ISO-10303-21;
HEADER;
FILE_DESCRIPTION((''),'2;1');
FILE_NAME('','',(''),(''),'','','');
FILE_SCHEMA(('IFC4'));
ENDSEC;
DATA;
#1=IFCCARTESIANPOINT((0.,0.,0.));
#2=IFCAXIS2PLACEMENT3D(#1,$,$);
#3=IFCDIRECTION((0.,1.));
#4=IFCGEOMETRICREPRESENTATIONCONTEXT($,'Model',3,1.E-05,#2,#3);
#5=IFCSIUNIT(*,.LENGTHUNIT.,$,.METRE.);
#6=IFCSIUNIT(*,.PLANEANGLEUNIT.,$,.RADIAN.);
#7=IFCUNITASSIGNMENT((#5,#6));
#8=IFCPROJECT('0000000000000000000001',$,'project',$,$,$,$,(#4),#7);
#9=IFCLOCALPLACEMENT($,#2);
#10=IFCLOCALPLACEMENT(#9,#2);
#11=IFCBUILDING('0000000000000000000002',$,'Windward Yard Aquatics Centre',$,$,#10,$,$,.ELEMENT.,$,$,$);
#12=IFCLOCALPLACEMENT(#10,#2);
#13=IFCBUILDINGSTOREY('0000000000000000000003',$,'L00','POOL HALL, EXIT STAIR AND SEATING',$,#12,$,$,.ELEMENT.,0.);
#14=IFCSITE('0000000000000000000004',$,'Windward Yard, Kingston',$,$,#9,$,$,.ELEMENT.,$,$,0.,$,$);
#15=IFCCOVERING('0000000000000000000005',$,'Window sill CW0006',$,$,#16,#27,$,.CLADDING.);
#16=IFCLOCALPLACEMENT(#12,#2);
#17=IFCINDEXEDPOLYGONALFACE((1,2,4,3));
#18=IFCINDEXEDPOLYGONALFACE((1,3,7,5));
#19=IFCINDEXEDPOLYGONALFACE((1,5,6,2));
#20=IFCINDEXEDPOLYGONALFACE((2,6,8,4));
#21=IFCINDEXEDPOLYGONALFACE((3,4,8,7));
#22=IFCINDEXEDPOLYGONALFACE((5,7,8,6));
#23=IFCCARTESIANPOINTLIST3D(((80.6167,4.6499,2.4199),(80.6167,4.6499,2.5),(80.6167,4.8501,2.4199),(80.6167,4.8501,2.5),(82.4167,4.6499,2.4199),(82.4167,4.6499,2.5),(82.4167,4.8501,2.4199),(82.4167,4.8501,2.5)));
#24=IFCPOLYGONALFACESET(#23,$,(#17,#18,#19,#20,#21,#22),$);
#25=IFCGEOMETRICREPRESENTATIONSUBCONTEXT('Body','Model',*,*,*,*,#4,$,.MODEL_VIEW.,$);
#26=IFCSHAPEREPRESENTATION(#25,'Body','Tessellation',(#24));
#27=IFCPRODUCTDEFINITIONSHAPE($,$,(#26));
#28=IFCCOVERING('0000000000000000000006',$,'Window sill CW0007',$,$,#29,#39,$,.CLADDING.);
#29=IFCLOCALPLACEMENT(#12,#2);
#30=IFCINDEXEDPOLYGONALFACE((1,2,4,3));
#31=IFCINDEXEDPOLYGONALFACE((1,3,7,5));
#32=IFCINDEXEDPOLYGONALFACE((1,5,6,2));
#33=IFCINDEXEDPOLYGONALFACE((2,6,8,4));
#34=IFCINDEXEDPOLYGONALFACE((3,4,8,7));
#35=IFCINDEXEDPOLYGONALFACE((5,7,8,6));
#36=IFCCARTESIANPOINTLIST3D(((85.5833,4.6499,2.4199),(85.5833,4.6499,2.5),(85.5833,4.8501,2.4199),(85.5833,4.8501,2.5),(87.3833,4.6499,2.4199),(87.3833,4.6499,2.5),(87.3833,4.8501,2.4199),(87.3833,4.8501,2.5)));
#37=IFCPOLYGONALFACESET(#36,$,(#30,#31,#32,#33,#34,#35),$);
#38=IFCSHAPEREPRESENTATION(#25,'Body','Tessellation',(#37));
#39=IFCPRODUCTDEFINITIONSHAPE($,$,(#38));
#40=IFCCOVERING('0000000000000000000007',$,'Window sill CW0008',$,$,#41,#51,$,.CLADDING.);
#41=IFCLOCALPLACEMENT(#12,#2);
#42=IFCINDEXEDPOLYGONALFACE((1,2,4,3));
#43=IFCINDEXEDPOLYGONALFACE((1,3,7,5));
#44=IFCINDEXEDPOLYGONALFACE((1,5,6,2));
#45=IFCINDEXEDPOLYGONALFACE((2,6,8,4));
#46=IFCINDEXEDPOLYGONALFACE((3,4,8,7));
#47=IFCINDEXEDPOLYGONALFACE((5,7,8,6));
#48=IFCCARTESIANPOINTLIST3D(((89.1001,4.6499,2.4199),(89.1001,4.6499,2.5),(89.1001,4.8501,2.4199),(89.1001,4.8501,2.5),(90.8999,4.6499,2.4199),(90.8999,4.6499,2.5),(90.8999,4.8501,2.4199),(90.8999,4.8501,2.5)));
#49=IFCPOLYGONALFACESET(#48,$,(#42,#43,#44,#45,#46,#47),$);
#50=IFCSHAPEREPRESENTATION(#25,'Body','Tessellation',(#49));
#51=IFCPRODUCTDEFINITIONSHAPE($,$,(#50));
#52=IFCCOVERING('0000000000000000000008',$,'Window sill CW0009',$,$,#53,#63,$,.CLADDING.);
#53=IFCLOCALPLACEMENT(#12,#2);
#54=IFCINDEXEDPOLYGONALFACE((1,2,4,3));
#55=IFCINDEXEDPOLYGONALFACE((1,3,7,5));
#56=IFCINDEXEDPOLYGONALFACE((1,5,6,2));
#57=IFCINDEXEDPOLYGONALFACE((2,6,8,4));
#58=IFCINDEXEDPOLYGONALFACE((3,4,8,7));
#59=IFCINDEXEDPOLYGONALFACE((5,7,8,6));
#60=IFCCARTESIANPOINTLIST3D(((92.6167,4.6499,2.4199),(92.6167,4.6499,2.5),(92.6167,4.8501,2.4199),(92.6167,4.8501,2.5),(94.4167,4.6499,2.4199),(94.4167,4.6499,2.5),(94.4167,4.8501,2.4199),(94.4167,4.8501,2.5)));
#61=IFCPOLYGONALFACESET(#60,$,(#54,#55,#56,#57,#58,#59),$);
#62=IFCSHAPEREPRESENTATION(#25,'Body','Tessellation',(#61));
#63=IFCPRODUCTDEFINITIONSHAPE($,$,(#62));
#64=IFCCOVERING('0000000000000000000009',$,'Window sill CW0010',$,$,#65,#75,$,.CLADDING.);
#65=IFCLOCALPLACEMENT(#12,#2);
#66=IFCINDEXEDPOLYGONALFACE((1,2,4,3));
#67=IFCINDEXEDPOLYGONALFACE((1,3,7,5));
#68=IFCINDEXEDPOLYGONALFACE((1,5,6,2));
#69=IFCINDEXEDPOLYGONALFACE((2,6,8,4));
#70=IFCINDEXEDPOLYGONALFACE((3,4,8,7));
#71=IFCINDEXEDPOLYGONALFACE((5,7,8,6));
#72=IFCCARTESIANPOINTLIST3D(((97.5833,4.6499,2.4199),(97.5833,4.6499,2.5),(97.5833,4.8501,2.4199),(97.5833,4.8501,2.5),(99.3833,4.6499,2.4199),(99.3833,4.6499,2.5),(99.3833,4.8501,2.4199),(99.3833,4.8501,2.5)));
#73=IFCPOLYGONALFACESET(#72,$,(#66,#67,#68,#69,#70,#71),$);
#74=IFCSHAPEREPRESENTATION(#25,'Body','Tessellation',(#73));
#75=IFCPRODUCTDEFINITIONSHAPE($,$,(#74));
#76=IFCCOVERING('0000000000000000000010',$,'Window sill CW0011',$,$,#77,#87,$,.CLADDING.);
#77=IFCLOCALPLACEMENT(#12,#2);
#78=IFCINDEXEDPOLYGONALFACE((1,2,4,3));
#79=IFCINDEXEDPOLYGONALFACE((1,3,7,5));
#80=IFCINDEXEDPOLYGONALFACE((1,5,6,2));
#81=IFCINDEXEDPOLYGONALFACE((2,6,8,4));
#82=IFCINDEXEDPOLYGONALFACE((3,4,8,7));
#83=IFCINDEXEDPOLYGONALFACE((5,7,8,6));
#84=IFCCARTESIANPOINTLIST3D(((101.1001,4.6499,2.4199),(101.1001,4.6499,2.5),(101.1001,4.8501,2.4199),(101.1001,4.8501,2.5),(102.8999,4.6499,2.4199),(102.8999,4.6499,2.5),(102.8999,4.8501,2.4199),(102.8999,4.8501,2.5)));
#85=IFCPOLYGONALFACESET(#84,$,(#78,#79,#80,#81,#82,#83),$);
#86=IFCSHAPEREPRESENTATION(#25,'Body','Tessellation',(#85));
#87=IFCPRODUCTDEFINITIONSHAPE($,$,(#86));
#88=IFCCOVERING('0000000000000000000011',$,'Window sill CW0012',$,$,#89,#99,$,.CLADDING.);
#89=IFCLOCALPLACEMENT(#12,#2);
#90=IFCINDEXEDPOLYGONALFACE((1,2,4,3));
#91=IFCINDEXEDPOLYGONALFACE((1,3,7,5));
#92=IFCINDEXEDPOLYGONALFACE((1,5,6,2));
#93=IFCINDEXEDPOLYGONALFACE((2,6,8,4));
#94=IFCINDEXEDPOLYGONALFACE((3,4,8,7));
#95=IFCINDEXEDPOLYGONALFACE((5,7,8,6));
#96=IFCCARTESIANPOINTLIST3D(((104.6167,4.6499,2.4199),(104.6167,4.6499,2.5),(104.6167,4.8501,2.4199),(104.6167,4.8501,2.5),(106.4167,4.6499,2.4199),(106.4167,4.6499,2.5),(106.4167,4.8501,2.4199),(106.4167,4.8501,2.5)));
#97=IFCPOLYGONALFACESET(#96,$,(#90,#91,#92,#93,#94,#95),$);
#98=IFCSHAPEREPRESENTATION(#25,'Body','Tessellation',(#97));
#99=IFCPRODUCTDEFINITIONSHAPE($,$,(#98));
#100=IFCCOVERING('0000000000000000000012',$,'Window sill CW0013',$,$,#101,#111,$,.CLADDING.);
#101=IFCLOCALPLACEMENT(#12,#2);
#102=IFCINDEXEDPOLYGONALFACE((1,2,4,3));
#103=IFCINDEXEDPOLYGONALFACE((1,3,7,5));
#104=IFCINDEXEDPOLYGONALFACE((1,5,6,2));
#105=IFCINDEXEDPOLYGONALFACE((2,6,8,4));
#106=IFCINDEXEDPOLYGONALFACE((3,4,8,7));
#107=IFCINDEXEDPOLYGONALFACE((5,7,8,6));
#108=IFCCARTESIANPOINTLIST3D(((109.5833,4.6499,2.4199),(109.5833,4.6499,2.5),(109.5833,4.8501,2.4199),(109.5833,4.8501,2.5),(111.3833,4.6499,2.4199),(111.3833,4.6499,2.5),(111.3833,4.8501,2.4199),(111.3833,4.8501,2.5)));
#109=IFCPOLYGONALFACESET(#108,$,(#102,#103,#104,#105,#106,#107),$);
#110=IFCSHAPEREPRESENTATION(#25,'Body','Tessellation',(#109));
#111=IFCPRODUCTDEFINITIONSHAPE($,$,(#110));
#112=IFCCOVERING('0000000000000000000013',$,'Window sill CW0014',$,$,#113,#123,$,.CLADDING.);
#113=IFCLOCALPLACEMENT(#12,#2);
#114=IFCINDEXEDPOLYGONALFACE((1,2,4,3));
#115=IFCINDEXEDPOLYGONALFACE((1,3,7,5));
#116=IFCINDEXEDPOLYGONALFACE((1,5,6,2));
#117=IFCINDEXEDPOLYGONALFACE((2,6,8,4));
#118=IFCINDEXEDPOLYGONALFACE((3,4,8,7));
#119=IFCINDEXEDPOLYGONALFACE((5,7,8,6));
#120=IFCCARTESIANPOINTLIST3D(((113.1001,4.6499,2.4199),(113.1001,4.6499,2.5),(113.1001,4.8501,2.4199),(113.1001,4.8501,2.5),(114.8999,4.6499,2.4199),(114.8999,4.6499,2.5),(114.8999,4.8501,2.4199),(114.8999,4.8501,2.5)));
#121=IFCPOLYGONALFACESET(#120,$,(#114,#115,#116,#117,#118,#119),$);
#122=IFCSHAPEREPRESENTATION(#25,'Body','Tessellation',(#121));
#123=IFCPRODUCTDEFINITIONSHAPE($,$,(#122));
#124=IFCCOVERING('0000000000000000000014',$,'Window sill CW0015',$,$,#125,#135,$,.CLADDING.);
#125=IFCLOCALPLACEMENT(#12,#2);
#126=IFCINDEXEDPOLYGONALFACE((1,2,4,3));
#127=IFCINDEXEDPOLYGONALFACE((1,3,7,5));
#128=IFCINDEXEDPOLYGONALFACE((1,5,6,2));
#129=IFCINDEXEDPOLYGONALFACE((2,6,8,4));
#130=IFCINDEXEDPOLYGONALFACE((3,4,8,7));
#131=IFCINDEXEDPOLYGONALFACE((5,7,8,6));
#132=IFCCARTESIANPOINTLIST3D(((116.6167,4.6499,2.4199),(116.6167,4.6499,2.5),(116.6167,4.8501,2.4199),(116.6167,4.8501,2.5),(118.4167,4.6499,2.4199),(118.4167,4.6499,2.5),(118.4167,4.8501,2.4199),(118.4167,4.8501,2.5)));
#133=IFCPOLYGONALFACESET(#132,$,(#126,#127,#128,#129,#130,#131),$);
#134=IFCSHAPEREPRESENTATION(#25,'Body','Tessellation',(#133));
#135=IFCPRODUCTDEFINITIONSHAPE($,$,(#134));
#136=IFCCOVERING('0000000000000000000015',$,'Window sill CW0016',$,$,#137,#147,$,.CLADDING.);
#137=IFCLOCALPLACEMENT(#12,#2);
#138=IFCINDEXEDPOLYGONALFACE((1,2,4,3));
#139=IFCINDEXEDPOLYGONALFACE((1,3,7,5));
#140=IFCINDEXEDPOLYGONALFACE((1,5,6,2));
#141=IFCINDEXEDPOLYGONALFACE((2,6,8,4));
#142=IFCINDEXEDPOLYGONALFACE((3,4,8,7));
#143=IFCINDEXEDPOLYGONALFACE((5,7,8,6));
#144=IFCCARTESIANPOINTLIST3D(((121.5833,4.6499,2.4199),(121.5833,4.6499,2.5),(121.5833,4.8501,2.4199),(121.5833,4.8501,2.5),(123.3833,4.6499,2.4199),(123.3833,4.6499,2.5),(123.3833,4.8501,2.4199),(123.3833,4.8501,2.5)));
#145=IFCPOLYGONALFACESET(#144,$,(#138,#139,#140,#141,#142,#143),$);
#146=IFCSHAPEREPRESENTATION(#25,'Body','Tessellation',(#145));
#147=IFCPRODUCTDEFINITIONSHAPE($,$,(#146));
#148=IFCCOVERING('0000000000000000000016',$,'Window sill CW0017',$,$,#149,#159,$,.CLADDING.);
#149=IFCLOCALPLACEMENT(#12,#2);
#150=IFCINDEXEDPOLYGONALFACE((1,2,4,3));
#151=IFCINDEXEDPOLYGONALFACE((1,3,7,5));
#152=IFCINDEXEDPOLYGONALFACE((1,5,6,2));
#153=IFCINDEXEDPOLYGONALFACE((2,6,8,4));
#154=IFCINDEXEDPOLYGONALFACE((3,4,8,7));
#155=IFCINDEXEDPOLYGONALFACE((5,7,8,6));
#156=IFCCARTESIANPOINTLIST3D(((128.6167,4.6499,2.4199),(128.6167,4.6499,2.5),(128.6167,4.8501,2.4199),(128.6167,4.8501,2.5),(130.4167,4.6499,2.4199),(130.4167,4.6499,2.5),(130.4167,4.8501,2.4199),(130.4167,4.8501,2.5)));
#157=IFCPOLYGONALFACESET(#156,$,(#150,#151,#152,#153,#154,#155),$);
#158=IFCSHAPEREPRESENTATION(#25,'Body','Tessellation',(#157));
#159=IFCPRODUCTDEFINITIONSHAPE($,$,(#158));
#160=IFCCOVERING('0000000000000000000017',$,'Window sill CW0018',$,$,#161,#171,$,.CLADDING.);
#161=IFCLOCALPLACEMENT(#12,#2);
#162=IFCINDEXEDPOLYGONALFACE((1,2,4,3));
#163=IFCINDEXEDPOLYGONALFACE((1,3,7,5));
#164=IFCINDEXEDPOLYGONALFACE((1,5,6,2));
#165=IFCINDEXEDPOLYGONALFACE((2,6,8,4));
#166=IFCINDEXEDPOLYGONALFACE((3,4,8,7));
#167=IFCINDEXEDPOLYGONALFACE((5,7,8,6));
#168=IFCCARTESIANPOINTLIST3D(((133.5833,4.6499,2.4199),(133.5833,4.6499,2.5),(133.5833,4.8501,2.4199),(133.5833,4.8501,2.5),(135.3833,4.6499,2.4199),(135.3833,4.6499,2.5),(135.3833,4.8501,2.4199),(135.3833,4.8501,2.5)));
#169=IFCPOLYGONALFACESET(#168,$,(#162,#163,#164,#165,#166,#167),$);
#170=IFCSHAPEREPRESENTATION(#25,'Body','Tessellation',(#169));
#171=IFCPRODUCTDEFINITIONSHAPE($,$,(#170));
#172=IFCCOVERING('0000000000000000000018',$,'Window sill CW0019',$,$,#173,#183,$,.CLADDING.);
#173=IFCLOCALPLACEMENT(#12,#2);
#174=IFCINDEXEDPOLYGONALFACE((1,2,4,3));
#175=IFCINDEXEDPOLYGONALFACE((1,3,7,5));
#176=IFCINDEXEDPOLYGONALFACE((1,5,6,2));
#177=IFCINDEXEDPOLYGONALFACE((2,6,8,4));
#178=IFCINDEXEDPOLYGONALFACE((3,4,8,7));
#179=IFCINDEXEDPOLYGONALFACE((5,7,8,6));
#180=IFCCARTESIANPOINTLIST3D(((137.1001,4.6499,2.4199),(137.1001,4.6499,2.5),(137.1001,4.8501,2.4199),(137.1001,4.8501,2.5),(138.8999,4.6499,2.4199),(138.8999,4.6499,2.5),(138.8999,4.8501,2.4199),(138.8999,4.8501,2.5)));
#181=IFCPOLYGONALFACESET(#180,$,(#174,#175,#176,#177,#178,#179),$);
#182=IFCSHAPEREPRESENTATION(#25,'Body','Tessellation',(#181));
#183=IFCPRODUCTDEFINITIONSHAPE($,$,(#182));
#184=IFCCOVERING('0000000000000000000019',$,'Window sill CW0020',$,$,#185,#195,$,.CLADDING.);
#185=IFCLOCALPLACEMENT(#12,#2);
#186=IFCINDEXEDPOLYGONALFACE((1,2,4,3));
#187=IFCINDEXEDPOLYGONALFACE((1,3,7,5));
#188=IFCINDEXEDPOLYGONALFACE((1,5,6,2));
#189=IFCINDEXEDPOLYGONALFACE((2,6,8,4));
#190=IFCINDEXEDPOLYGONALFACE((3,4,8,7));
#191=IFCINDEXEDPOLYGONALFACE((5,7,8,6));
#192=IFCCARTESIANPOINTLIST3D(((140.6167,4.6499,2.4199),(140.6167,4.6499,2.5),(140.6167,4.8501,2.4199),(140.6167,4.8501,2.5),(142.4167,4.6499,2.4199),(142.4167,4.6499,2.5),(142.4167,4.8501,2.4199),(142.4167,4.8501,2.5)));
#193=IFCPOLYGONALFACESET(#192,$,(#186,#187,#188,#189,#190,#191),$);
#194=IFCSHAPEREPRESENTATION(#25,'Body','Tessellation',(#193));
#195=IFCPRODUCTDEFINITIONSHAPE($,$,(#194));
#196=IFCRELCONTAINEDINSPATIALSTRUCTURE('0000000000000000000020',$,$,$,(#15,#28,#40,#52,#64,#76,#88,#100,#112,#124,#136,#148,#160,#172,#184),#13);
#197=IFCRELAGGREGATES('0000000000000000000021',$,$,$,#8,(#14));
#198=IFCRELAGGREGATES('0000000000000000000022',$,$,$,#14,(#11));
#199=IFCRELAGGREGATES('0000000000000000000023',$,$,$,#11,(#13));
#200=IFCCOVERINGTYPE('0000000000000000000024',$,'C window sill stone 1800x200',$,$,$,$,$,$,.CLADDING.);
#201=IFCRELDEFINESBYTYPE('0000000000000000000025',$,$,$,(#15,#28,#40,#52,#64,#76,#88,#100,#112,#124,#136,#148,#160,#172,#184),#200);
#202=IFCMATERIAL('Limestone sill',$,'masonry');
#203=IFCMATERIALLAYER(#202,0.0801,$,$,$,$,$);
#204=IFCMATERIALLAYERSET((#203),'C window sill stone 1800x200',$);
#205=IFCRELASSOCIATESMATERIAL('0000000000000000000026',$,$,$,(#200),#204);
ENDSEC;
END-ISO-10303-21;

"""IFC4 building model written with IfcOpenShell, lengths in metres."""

from ifc_helpers import new_model, si_unit, direction, frame, origin, place, context, subcontext, project, spatial, polyline, outline, extrude, material, layer, layer_set, type_object, element, save


model = new_model("IFC4")

# Units and contexts
model_context = context("Model", 3, precision=1e-05, world=origin(), true_north=direction((0.0, 1.0)))
body_context = subcontext(model_context, "Body", "Model", "MODEL_VIEW")
ifc_project = project(units=[si_unit("LENGTHUNIT", "METRE"), si_unit("PLANEANGLEUNIT", "RADIAN")], contexts=[model_context])

# Site, building, storey
site_placement = place(None, origin())
site = spatial("IfcSite", under=ifc_project, at=site_placement, Name="Windward Yard, Kingston", CompositionType="ELEMENT", RefElevation=0.0)
building_placement = place(site_placement, origin())
building = spatial("IfcBuilding", under=site, at=building_placement, Name="Windward Yard Aquatics Centre", CompositionType="ELEMENT")
storey_placement = place(building_placement, origin())
storey = spatial("IfcBuildingStorey", under=building, at=storey_placement, Name="L00", Description="POOL HALL, EXIT STAIR AND SEATING", CompositionType="ELEMENT", Elevation=0.0)

# Coverings
ifc_material_1 = material(Name="Limestone sill", Category="masonry")
ifc_layer_1 = layer(ifc_material_1, 0.0801)
ifc_layer_set_1 = layer_set([ifc_layer_1], Name="C window sill stone 1800x200")
covering_type = type_object("IfcCoveringType", Name="C window sill stone 1800x200", PredefinedType="CLADDING", material=ifc_layer_set_1)
covering_1_placement = place(storey_placement, frame((0.0, 0.0, 2.4199)))
element("IfcCovering", 1, at=covering_1_placement, inside=storey, type_object=covering_type, Name="Window sill CW0006", PredefinedType="CLADDING", context=body_context, shape_type="SweptSolid", body=[
    extrude(outline(polyline([(80.6167, 4.6499), (80.6167, 4.8501), (82.4167, 4.8501), (82.4167, 4.6499), (80.6167, 4.6499)])), origin(), (0.0, 0.0, 1.0), 0.0801),
])
covering_2_placement = place(storey_placement, frame((0.0, 0.0, 2.4199)))
element("IfcCovering", 2, at=covering_2_placement, inside=storey, type_object=covering_type, Name="Window sill CW0007", PredefinedType="CLADDING", context=body_context, shape_type="SweptSolid", body=[
    extrude(outline(polyline([(85.5833, 4.6499), (85.5833, 4.8501), (87.3833, 4.8501), (87.3833, 4.6499), (85.5833, 4.6499)])), origin(), (0.0, 0.0, 1.0), 0.0801),
])
covering_3_placement = place(storey_placement, frame((0.0, 0.0, 2.4199)))
element("IfcCovering", 3, at=covering_3_placement, inside=storey, type_object=covering_type, Name="Window sill CW0008", PredefinedType="CLADDING", context=body_context, shape_type="SweptSolid", body=[
    extrude(outline(polyline([(89.1001, 4.6499), (89.1001, 4.8501), (90.8999, 4.8501), (90.8999, 4.6499), (89.1001, 4.6499)])), origin(), (0.0, 0.0, 1.0), 0.0801),
])
covering_4_placement = place(storey_placement, frame((0.0, 0.0, 2.4199)))
element("IfcCovering", 4, at=covering_4_placement, inside=storey, type_object=covering_type, Name="Window sill CW0009", PredefinedType="CLADDING", context=body_context, shape_type="SweptSolid", body=[
    extrude(outline(polyline([(92.6167, 4.6499), (92.6167, 4.8501), (94.4167, 4.8501), (94.4167, 4.6499), (92.6167, 4.6499)])), origin(), (0.0, 0.0, 1.0), 0.0801),
])
covering_5_placement = place(storey_placement, frame((0.0, 0.0, 2.4199)))
element("IfcCovering", 5, at=covering_5_placement, inside=storey, type_object=covering_type, Name="Window sill CW0010", PredefinedType="CLADDING", context=body_context, shape_type="SweptSolid", body=[
    extrude(outline(polyline([(97.5833, 4.6499), (97.5833, 4.8501), (99.3833, 4.8501), (99.3833, 4.6499), (97.5833, 4.6499)])), origin(), (0.0, 0.0, 1.0), 0.0801),
])
covering_6_placement = place(storey_placement, frame((0.0, 0.0, 2.4199)))
element("IfcCovering", 6, at=covering_6_placement, inside=storey, type_object=covering_type, Name="Window sill CW0011", PredefinedType="CLADDING", context=body_context, shape_type="SweptSolid", body=[
    extrude(outline(polyline([(101.1001, 4.6499), (101.1001, 4.8501), (102.8999, 4.8501), (102.8999, 4.6499), (101.1001, 4.6499)])), origin(), (0.0, 0.0, 1.0), 0.0801),
])
covering_7_placement = place(storey_placement, frame((0.0, 0.0, 2.4199)))
element("IfcCovering", 7, at=covering_7_placement, inside=storey, type_object=covering_type, Name="Window sill CW0012", PredefinedType="CLADDING", context=body_context, shape_type="SweptSolid", body=[
    extrude(outline(polyline([(104.6167, 4.6499), (104.6167, 4.8501), (106.4167, 4.8501), (106.4167, 4.6499), (104.6167, 4.6499)])), origin(), (0.0, 0.0, 1.0), 0.0801),
])
covering_8_placement = place(storey_placement, frame((0.0, 0.0, 2.4199)))
element("IfcCovering", 8, at=covering_8_placement, inside=storey, type_object=covering_type, Name="Window sill CW0013", PredefinedType="CLADDING", context=body_context, shape_type="SweptSolid", body=[
    extrude(outline(polyline([(109.5833, 4.6499), (109.5833, 4.8501), (111.3833, 4.8501), (111.3833, 4.6499), (109.5833, 4.6499)])), origin(), (0.0, 0.0, 1.0), 0.0801),
])
covering_9_placement = place(storey_placement, frame((0.0, 0.0, 2.4199)))
element("IfcCovering", 9, at=covering_9_placement, inside=storey, type_object=covering_type, Name="Window sill CW0014", PredefinedType="CLADDING", context=body_context, shape_type="SweptSolid", body=[
    extrude(outline(polyline([(113.1001, 4.6499), (113.1001, 4.8501), (114.8999, 4.8501), (114.8999, 4.6499), (113.1001, 4.6499)])), origin(), (0.0, 0.0, 1.0), 0.0801),
])
covering_10_placement = place(storey_placement, frame((0.0, 0.0, 2.4199)))
element("IfcCovering", 10, at=covering_10_placement, inside=storey, type_object=covering_type, Name="Window sill CW0015", PredefinedType="CLADDING", context=body_context, shape_type="SweptSolid", body=[
    extrude(outline(polyline([(116.6167, 4.6499), (116.6167, 4.8501), (118.4167, 4.8501), (118.4167, 4.6499), (116.6167, 4.6499)])), origin(), (0.0, 0.0, 1.0), 0.0801),
])
covering_11_placement = place(storey_placement, frame((0.0, 0.0, 2.4199)))
element("IfcCovering", 11, at=covering_11_placement, inside=storey, type_object=covering_type, Name="Window sill CW0016", PredefinedType="CLADDING", context=body_context, shape_type="SweptSolid", body=[
    extrude(outline(polyline([(121.5833, 4.6499), (121.5833, 4.8501), (123.3833, 4.8501), (123.3833, 4.6499), (121.5833, 4.6499)])), origin(), (0.0, 0.0, 1.0), 0.0801),
])
covering_12_placement = place(storey_placement, frame((0.0, 0.0, 2.4199)))
element("IfcCovering", 12, at=covering_12_placement, inside=storey, type_object=covering_type, Name="Window sill CW0017", PredefinedType="CLADDING", context=body_context, shape_type="SweptSolid", body=[
    extrude(outline(polyline([(128.6167, 4.6499), (128.6167, 4.8501), (130.4167, 4.8501), (130.4167, 4.6499), (128.6167, 4.6499)])), origin(), (0.0, 0.0, 1.0), 0.0801),
])
covering_13_placement = place(storey_placement, frame((0.0, 0.0, 2.4199)))
element("IfcCovering", 13, at=covering_13_placement, inside=storey, type_object=covering_type, Name="Window sill CW0018", PredefinedType="CLADDING", context=body_context, shape_type="SweptSolid", body=[
    extrude(outline(polyline([(133.5833, 4.6499), (133.5833, 4.8501), (135.3833, 4.8501), (135.3833, 4.6499), (133.5833, 4.6499)])), origin(), (0.0, 0.0, 1.0), 0.0801),
])
covering_14_placement = place(storey_placement, frame((0.0, 0.0, 2.4199)))
element("IfcCovering", 14, at=covering_14_placement, inside=storey, type_object=covering_type, Name="Window sill CW0019", PredefinedType="CLADDING", context=body_context, shape_type="SweptSolid", body=[
    extrude(outline(polyline([(137.1001, 4.6499), (137.1001, 4.8501), (138.8999, 4.8501), (138.8999, 4.6499), (137.1001, 4.6499)])), origin(), (0.0, 0.0, 1.0), 0.0801),
])
covering_15_placement = place(storey_placement, frame((0.0, 0.0, 2.4199)))
element("IfcCovering", 15, at=covering_15_placement, inside=storey, type_object=covering_type, Name="Window sill CW0020", PredefinedType="CLADDING", context=body_context, shape_type="SweptSolid", body=[
    extrude(outline(polyline([(140.6167, 4.6499), (140.6167, 4.8501), (142.4167, 4.8501), (142.4167, 4.6499), (140.6167, 4.6499)])), origin(), (0.0, 0.0, 1.0), 0.0801),
])

save(model, "model.ifc")
